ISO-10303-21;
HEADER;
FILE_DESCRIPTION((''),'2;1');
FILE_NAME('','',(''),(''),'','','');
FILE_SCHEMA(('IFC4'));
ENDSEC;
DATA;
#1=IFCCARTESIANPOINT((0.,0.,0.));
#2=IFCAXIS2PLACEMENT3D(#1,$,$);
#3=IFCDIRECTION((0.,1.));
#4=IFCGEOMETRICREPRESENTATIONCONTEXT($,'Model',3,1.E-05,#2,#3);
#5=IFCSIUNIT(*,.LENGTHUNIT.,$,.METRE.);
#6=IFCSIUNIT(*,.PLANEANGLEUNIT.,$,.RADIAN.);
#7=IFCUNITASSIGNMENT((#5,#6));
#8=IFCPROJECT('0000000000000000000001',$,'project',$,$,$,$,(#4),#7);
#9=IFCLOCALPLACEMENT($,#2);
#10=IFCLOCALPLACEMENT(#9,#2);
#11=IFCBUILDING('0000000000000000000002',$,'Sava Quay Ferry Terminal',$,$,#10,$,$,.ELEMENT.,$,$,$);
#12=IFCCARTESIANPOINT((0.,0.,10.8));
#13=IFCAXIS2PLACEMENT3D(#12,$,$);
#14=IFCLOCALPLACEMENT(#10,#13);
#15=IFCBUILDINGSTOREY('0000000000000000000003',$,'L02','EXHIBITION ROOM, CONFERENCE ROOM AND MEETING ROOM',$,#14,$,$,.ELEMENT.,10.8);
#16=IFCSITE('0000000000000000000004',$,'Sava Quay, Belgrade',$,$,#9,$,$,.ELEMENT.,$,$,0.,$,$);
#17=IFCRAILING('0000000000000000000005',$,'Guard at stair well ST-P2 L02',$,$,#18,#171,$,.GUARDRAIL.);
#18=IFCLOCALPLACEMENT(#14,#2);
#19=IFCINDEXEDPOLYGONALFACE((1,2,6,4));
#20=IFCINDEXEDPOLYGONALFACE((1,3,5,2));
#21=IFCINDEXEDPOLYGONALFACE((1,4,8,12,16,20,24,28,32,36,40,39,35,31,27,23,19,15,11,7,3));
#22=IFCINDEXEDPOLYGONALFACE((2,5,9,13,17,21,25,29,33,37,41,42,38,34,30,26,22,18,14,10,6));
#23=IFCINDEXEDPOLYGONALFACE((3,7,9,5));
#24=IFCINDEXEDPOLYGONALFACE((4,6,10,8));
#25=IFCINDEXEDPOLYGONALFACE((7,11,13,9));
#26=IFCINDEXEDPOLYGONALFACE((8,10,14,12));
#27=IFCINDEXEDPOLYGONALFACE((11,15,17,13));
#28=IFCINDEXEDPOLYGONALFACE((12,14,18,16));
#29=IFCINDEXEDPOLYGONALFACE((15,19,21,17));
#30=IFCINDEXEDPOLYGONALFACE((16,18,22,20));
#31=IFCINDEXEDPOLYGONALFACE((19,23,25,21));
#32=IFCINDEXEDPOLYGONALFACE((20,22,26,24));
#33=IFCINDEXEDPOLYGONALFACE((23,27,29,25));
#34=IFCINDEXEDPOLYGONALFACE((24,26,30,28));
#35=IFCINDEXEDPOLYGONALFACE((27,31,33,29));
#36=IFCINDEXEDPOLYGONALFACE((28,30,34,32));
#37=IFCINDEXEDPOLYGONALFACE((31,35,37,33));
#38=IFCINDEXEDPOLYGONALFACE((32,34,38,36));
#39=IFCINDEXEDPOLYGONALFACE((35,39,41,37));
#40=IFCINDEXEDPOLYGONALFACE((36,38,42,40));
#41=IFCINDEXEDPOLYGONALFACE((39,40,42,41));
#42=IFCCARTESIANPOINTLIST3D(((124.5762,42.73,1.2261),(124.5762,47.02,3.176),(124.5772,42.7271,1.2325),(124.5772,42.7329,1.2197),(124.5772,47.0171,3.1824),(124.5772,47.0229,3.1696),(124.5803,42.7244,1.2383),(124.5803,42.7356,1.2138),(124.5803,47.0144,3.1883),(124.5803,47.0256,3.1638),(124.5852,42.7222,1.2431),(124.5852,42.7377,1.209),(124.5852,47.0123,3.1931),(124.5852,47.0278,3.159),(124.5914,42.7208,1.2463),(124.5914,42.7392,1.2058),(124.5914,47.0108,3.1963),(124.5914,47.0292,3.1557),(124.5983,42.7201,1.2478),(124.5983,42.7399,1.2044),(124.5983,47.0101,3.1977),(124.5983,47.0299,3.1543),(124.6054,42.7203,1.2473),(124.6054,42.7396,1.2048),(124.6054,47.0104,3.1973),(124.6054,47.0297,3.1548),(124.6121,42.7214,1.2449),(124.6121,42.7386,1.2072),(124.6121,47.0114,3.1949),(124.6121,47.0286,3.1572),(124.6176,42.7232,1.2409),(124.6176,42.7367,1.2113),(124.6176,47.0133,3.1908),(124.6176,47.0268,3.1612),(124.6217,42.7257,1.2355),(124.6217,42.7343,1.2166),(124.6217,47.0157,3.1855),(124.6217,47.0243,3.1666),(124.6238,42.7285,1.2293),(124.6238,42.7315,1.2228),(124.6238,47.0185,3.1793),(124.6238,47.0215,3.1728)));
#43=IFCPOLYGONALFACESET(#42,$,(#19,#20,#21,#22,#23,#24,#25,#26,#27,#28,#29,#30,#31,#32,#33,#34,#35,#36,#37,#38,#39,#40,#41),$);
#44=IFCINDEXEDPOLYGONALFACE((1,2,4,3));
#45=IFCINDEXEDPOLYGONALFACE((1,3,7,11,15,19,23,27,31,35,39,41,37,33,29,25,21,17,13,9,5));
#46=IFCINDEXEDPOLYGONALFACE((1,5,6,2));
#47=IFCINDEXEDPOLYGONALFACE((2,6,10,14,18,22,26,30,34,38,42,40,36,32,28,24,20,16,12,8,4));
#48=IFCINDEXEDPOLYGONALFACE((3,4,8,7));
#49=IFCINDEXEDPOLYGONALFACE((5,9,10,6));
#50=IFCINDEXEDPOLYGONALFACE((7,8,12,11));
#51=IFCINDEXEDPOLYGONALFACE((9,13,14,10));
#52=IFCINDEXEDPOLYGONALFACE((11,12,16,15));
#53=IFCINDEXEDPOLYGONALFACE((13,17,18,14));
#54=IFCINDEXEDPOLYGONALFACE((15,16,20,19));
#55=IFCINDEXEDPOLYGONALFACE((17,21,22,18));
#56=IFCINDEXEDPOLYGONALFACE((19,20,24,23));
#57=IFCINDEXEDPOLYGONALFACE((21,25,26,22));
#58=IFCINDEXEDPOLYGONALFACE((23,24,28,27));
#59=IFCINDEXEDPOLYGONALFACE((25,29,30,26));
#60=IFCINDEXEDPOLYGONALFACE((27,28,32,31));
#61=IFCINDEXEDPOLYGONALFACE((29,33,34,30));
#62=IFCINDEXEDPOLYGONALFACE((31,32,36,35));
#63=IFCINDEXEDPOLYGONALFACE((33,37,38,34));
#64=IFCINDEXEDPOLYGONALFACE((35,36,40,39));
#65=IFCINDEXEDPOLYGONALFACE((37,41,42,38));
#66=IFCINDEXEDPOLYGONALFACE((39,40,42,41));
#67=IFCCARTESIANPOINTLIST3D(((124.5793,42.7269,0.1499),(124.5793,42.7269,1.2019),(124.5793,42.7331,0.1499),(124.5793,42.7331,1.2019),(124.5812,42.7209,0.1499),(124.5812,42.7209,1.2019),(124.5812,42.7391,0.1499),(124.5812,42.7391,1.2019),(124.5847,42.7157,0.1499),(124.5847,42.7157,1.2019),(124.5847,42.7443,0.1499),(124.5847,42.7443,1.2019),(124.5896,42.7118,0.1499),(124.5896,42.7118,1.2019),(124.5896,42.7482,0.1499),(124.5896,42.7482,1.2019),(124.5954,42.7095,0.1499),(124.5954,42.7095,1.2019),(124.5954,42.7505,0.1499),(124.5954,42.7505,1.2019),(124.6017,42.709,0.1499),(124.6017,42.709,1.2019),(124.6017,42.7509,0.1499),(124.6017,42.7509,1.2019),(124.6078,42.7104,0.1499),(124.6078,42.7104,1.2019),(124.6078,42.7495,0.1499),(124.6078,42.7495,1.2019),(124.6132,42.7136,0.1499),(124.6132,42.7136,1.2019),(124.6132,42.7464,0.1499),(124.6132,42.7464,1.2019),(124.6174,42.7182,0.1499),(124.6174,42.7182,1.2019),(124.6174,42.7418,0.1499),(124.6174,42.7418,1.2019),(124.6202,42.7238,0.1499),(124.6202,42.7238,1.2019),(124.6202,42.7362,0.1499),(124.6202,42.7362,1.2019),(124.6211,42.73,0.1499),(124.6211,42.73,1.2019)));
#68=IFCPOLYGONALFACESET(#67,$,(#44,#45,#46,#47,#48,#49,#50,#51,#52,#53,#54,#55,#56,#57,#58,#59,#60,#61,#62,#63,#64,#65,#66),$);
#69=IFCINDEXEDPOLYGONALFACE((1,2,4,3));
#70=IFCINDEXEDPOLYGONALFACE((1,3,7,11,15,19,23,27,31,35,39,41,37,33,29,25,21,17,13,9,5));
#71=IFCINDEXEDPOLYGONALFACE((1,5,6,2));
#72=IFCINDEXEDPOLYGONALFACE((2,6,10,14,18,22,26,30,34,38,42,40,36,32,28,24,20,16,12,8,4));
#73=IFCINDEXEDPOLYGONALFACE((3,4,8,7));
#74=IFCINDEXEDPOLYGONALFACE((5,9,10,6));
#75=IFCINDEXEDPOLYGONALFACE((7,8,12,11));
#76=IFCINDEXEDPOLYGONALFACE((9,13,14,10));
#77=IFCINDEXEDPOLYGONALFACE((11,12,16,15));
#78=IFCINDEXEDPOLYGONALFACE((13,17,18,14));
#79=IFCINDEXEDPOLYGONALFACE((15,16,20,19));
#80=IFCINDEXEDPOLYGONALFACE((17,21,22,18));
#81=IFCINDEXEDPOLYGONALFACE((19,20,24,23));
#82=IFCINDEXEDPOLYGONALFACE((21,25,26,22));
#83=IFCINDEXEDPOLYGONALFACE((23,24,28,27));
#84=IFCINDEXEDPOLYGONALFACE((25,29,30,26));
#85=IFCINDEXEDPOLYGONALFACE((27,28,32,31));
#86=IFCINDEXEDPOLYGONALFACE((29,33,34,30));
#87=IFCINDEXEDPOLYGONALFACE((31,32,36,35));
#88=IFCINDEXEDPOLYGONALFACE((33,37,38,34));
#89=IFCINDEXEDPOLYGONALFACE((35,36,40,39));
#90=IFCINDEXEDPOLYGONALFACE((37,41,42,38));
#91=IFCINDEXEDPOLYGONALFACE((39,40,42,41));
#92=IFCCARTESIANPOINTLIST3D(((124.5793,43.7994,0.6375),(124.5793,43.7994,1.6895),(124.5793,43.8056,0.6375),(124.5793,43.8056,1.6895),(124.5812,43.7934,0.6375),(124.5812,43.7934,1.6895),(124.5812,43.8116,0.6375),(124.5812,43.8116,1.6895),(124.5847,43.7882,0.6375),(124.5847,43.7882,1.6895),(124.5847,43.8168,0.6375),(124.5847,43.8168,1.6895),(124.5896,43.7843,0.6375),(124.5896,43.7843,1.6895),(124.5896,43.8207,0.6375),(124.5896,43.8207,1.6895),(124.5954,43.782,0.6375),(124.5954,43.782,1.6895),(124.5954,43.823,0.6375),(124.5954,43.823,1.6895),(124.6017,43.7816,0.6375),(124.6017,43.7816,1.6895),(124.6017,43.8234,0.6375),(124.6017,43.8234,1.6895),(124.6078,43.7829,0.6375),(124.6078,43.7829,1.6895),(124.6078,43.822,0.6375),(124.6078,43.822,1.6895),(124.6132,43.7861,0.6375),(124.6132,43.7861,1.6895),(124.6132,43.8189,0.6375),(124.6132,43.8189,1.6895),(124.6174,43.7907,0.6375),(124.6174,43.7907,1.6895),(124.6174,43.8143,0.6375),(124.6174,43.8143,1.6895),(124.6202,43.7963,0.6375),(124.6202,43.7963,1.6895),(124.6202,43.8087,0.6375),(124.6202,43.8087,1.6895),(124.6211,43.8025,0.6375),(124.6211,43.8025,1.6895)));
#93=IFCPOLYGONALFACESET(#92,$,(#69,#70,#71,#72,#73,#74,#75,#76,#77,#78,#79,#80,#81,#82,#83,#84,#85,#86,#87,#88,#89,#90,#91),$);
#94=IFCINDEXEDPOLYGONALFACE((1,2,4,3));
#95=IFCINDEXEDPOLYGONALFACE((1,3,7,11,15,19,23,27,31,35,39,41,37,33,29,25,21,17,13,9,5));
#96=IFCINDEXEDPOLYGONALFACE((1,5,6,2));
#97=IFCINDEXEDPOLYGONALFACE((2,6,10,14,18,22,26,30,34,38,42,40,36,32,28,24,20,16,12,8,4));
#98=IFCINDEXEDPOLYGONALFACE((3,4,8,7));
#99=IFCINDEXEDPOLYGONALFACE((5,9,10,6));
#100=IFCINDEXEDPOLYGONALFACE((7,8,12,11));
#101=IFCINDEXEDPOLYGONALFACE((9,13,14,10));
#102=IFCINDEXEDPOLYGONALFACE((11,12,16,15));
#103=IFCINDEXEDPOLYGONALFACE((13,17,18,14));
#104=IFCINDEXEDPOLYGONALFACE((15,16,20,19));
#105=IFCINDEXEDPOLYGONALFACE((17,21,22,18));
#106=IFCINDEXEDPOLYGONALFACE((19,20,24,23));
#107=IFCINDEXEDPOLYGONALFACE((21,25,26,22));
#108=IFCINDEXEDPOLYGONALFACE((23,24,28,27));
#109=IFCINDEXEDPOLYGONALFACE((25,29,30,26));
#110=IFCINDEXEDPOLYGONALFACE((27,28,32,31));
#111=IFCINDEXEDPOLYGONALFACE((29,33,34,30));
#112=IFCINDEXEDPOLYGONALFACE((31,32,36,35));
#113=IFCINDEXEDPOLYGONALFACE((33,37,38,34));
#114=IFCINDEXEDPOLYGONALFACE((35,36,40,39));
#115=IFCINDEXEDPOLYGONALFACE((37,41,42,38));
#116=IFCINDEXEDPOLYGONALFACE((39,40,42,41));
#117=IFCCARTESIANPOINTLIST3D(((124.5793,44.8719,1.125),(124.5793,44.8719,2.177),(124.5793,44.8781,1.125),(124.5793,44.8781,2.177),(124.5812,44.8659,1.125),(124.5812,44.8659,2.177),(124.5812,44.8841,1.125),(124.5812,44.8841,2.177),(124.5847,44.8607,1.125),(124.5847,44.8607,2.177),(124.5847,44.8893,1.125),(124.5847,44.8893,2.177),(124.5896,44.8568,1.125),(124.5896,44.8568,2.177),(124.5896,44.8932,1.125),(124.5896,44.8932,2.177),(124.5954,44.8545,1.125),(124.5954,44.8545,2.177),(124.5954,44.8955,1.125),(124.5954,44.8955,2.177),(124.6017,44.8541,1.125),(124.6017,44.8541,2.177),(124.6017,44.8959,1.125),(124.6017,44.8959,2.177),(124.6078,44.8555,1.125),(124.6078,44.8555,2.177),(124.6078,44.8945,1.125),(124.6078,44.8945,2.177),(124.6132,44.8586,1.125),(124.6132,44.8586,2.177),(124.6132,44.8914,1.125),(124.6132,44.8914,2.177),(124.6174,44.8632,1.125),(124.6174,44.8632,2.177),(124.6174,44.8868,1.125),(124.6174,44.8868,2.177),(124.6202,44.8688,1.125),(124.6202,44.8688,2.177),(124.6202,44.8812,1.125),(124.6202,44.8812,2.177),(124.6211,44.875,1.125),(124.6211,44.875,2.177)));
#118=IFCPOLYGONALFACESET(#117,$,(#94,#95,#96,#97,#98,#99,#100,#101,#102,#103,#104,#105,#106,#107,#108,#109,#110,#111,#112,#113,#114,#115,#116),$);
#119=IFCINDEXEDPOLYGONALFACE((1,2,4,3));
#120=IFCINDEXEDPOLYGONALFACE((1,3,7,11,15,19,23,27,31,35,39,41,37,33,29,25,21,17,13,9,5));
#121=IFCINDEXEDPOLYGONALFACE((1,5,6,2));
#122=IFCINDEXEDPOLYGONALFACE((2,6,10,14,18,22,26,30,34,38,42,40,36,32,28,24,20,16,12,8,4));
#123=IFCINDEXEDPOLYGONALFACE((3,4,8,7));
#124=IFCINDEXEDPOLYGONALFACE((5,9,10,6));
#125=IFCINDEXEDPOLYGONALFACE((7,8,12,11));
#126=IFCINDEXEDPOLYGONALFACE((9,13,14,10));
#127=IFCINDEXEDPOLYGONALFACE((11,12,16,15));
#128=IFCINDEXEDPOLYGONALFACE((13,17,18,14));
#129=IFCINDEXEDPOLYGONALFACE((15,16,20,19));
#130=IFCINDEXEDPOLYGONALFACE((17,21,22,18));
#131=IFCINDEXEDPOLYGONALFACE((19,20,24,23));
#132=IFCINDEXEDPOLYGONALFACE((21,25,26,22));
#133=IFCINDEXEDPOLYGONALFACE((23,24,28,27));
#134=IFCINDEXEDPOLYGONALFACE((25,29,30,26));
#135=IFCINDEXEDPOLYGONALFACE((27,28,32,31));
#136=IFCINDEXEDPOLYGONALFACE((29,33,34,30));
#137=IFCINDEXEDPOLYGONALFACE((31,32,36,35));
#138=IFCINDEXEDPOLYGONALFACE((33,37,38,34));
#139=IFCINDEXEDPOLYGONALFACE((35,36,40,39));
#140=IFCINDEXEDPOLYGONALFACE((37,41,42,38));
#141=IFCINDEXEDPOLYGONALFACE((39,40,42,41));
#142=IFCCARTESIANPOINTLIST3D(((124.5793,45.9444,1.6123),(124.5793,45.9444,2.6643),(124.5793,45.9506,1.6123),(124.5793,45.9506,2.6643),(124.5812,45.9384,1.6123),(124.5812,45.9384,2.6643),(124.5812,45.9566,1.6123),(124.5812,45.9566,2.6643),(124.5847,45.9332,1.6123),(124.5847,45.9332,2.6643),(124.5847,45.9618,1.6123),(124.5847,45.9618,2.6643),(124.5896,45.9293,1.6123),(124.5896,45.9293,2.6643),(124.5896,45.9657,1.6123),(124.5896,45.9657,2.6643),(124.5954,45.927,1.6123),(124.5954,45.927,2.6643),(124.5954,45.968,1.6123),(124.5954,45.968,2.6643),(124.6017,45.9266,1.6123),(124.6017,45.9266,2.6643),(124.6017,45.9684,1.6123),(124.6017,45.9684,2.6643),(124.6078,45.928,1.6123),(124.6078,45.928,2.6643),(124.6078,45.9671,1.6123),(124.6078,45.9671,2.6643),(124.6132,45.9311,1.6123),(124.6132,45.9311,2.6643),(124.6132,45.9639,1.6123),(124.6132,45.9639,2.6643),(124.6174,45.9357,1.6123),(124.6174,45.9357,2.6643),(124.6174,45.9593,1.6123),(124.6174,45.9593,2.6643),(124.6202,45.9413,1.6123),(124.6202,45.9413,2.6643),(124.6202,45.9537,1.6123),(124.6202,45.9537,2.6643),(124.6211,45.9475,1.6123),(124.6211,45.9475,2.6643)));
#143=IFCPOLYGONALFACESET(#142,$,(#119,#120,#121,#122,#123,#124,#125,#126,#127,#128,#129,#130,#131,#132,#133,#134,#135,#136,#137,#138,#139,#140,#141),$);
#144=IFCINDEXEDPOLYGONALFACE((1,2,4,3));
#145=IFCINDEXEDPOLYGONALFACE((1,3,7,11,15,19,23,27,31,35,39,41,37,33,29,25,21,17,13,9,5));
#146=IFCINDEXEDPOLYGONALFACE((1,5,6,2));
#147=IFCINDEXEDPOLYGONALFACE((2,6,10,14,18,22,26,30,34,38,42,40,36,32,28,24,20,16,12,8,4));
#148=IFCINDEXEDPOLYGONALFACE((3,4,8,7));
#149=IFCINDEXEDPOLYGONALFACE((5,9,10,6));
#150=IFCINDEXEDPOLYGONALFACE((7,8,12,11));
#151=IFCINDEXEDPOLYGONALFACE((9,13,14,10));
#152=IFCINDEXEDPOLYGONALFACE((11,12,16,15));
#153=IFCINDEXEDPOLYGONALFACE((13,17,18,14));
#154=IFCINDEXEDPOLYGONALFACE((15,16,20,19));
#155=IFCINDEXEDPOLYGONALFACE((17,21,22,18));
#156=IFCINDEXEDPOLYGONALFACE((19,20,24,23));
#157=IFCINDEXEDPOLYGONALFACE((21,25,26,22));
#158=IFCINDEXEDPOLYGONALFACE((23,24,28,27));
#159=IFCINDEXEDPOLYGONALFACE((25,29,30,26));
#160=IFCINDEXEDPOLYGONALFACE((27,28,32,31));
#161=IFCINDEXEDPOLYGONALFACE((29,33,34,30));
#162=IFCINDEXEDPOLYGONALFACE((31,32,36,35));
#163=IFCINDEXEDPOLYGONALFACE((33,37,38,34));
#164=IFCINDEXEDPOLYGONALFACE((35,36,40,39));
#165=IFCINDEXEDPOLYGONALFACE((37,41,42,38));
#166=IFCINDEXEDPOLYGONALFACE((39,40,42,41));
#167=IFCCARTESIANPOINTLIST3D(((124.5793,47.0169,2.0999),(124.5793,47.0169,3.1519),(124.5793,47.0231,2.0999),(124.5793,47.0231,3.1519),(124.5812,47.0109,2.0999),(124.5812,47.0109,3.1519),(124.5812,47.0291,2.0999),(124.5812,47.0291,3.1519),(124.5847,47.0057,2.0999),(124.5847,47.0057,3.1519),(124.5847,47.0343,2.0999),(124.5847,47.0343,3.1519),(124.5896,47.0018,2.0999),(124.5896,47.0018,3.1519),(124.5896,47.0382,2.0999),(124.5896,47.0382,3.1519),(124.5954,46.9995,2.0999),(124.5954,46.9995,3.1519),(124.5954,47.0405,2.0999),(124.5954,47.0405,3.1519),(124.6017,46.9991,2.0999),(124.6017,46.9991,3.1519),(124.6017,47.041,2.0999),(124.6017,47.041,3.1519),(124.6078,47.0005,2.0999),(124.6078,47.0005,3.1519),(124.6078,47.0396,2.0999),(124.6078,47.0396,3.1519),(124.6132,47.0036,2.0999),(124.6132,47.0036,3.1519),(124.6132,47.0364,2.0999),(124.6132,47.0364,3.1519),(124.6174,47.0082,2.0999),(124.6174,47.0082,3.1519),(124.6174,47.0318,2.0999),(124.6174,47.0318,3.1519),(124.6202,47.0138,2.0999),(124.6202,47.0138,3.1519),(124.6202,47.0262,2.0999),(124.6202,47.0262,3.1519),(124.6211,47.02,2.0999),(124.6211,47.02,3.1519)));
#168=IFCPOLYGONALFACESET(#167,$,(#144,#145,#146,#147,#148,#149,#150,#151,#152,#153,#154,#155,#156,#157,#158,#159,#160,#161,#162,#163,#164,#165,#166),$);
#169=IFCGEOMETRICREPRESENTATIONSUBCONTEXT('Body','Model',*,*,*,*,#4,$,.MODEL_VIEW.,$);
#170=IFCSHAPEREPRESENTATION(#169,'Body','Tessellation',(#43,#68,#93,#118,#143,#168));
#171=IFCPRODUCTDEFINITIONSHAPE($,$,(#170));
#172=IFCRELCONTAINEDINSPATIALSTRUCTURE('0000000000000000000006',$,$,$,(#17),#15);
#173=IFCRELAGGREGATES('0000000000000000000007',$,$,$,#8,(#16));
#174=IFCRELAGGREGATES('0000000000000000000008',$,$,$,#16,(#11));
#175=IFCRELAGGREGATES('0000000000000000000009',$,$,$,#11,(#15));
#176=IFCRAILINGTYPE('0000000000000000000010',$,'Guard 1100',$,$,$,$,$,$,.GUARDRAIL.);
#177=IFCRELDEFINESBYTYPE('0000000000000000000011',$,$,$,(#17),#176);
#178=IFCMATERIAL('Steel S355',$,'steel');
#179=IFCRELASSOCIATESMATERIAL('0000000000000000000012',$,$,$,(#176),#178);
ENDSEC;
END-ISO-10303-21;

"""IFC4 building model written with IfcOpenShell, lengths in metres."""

from ifc_helpers import new_model, si_unit, direction, frame, origin, origin_2d, place, context, subcontext, project, spatial, circle, extrude, material, type_object, element, save


model = new_model("IFC4")

# Units and contexts
model_context = context("Model", 3, precision=1e-05, world=origin(), true_north=direction((0.0, 1.0)))
body_context = subcontext(model_context, "Body", "Model", "MODEL_VIEW")
ifc_project = project(units=[si_unit("LENGTHUNIT", "METRE"), si_unit("PLANEANGLEUNIT", "RADIAN")], contexts=[model_context])

# Site, building, storey
site_placement = place(None, origin())
site = spatial("IfcSite", under=ifc_project, at=site_placement, Name="Sava Quay, Belgrade", CompositionType="ELEMENT", RefElevation=0.0)
building_placement = place(site_placement, origin())
building = spatial("IfcBuilding", under=site, at=building_placement, Name="Sava Quay Ferry Terminal", CompositionType="ELEMENT")
storey_placement = place(building_placement, frame((0.0, 0.0, 10.8)))
storey = spatial("IfcBuildingStorey", under=building, at=storey_placement, Name="L02", Description="EXHIBITION ROOM, CONFERENCE ROOM AND MEETING ROOM", CompositionType="ELEMENT", Elevation=10.8)

# Railing
ifc_material_1 = material(Name="Steel S355", Category="steel")
railing_type_1 = type_object("IfcRailingType", Name="Guard 1100", PredefinedType="GUARDRAIL", material=ifc_material_1)
railing_1_placement = place(storey_placement, frame((124.6001, 42.73, 0.1499)))
element("IfcRailing", 1, at=railing_1_placement, inside=storey, type_object=railing_type_1, Name="Guard at stair well ST-P2 L02", PredefinedType="GUARDRAIL", context=body_context, shape_type="SweptSolid", body=[
    extrude(circle(Radius=0.0239, at=origin_2d()), frame((0.0, 0.0, 1.0762), z_axis=(0.0, 0.910372, 0.413791), x_axis=(-1.0, 0.0, 0.0)), (0.0, 0.0, 1.0), 4.7124),
    extrude(circle(Radius=0.021, at=origin_2d()), origin(), (0.0, 0.0, 1.0), 1.052),
    extrude(circle(Radius=0.021, at=origin_2d()), frame((0.0, 1.0725, 0.4875)), (0.0, 0.0, 1.0), 1.052),
    extrude(circle(Radius=0.021, at=origin_2d()), frame((0.0, 2.145, 0.9751)), (0.0, 0.0, 1.0), 1.052),
    extrude(circle(Radius=0.021, at=origin_2d()), frame((0.0, 3.2175, 1.4624)), (0.0, 0.0, 1.0), 1.052),
    extrude(circle(Radius=0.021, at=origin_2d()), frame((0.0, 4.29, 1.95)), (0.0, 0.0, 1.0), 1.052),
])

save(model, "model.ifc")
